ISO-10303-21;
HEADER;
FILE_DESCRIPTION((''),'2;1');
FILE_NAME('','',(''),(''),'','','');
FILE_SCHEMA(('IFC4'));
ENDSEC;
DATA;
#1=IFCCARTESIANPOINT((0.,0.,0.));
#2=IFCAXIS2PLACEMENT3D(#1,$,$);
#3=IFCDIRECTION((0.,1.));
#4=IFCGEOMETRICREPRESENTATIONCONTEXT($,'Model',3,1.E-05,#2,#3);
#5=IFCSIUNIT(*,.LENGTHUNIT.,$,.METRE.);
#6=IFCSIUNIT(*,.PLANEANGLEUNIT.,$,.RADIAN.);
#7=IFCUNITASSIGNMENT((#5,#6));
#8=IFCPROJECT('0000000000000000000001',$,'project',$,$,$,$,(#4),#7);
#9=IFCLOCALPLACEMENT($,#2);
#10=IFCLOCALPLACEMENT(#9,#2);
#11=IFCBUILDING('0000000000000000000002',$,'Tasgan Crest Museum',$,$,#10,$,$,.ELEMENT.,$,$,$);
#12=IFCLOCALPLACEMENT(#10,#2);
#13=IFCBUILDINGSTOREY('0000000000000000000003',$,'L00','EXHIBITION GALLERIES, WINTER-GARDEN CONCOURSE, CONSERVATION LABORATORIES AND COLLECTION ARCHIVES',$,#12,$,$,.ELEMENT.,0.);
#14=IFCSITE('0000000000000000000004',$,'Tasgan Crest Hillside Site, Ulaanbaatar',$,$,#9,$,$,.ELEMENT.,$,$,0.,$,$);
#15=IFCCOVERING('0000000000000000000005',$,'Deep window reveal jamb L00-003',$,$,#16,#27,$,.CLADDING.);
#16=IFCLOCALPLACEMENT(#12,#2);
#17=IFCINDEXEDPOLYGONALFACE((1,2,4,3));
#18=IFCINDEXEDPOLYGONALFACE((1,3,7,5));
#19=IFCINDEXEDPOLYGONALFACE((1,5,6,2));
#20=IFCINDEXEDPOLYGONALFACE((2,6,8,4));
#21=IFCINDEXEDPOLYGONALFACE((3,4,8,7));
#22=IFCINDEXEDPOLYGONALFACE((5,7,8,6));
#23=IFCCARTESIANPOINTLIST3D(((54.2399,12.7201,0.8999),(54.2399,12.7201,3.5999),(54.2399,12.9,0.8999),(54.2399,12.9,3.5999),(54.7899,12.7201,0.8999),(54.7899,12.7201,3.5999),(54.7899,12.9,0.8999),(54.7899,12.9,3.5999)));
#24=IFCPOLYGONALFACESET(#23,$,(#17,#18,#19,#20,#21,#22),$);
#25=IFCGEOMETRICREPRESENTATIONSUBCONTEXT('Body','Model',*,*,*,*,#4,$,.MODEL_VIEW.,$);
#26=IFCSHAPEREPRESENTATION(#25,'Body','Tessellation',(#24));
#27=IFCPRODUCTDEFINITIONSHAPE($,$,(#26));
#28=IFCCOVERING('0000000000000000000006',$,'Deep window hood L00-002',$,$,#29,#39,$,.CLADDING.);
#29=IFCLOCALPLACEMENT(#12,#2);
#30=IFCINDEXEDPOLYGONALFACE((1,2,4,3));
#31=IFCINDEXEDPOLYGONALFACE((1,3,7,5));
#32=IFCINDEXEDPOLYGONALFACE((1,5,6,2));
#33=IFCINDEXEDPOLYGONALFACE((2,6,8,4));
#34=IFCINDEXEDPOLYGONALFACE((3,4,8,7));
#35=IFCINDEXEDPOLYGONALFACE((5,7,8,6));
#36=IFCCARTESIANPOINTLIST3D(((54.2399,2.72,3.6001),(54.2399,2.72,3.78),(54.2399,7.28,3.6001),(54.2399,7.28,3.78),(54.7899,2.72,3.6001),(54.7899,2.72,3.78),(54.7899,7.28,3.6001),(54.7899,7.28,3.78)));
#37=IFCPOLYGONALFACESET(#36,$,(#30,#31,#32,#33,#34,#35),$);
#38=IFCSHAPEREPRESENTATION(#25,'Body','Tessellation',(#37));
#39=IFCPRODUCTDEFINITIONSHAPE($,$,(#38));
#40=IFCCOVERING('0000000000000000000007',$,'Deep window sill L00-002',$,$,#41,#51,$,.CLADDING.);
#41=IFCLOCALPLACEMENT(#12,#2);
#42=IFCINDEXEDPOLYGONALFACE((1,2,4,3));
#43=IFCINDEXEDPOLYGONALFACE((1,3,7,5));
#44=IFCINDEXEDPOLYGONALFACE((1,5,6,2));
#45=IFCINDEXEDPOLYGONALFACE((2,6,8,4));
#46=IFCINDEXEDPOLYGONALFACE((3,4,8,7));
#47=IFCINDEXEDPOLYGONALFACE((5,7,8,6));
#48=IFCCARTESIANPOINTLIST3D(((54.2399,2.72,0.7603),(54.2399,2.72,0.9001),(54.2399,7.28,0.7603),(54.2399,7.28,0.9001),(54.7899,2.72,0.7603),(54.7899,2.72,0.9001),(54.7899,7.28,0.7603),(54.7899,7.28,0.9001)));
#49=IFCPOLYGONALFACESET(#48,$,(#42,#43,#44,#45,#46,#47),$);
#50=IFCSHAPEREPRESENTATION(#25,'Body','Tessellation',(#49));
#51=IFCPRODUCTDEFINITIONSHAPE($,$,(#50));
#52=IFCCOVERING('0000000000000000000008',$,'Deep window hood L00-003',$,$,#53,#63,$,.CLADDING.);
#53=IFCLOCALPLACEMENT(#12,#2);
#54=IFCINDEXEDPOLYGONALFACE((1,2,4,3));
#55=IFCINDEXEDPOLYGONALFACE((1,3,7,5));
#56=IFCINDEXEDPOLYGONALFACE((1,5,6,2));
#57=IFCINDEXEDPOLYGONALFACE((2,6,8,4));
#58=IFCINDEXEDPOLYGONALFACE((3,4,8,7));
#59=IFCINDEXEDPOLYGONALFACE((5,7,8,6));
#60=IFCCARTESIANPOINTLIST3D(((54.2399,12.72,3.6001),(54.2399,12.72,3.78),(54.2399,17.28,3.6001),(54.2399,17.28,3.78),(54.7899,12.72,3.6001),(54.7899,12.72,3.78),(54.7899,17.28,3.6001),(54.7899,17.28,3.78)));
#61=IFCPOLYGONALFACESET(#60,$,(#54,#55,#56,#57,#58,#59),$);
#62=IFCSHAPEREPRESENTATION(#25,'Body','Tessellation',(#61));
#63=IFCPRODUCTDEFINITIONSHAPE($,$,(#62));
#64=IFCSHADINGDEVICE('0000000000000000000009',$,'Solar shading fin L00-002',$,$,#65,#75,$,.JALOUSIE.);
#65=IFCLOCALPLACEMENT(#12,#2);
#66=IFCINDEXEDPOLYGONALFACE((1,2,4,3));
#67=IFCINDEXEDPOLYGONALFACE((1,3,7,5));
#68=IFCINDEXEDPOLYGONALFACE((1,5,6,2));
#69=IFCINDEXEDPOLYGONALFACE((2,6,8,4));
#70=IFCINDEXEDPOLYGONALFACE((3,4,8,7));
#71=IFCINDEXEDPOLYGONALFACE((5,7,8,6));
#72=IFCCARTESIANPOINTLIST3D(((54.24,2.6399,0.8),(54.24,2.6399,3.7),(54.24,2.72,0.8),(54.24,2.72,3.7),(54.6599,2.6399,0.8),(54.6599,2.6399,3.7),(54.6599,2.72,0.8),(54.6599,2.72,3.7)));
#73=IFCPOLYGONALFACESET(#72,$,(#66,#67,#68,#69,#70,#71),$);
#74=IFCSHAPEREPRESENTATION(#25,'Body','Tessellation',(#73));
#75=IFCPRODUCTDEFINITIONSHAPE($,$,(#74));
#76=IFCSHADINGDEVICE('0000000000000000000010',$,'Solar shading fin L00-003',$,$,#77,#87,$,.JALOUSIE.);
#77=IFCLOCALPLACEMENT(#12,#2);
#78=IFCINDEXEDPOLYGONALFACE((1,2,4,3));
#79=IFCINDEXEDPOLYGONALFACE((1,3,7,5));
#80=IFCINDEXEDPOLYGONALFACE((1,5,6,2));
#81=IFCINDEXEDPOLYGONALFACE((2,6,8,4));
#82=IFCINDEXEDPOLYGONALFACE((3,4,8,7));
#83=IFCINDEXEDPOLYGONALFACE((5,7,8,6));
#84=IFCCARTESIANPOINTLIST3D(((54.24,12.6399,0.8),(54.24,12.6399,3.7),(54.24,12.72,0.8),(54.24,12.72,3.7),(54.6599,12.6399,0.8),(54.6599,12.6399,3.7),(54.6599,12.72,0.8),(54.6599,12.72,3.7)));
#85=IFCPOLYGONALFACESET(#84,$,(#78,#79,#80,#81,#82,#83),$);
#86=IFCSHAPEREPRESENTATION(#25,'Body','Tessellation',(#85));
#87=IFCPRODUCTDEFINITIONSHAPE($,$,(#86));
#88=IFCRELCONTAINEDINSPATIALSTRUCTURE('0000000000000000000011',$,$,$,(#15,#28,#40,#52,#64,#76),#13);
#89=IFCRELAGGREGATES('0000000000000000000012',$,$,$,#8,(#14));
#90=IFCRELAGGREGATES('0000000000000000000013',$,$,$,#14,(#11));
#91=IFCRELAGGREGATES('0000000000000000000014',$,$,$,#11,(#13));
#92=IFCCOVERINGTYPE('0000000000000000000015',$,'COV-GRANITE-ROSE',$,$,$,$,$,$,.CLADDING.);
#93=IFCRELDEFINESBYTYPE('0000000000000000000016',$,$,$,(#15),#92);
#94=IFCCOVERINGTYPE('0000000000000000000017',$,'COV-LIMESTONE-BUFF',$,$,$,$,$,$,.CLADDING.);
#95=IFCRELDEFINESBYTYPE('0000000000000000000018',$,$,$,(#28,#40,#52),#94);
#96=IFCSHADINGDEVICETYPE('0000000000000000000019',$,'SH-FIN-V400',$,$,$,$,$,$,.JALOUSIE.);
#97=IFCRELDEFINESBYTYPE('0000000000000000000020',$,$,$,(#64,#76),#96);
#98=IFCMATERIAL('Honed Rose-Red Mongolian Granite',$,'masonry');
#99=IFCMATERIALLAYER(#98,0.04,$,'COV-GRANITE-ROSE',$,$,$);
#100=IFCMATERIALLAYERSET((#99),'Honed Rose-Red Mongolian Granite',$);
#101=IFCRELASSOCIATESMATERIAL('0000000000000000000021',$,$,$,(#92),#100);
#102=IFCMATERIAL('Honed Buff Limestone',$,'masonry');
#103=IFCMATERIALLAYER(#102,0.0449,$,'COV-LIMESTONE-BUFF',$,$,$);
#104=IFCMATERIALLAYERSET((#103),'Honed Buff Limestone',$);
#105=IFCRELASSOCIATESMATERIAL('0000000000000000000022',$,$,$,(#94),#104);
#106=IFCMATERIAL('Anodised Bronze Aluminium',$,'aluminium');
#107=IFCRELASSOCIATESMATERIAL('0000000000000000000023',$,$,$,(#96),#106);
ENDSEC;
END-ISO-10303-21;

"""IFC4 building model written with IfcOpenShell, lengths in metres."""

from ifc_helpers import new_model, si_unit, direction, frame, origin, origin_2d, place, context, subcontext, project, spatial, rectangle, extrude, material, layer, layer_set, type_object, element, save


model = new_model("IFC4")

# Units and contexts
model_context = context("Model", 3, precision=1e-05, world=origin(), true_north=direction((0.0, 1.0)))
body_context = subcontext(model_context, "Body", "Model", "MODEL_VIEW")
ifc_project = project(units=[si_unit("LENGTHUNIT", "METRE"), si_unit("PLANEANGLEUNIT", "RADIAN")], contexts=[model_context])

# Site, building, storey
site_placement = place(None, origin())
site = spatial("IfcSite", under=ifc_project, at=site_placement, Name="Tasgan Crest Hillside Site, Ulaanbaatar", CompositionType="ELEMENT", RefElevation=0.0)
building_placement = place(site_placement, origin())
building = spatial("IfcBuilding", under=site, at=building_placement, Name="Tasgan Crest Museum", CompositionType="ELEMENT")
storey_placement = place(building_placement, origin())
storey = spatial("IfcBuildingStorey", under=building, at=storey_placement, Name="L00", Description="EXHIBITION GALLERIES, WINTER-GARDEN CONCOURSE, CONSERVATION LABORATORIES AND COLLECTION ARCHIVES", CompositionType="ELEMENT", Elevation=0.0)

# Coverings
ifc_material_1 = material(Name="Honed Rose-Red Mongolian Granite", Category="masonry")
ifc_layer_1 = layer(ifc_material_1, 0.04, Name="COV-GRANITE-ROSE")
ifc_layer_set_1 = layer_set([ifc_layer_1], Name="Honed Rose-Red Mongolian Granite")
covering_type_1 = type_object("IfcCoveringType", Name="COV-GRANITE-ROSE", PredefinedType="CLADDING", material=ifc_layer_set_1)
covering_1_placement = place(storey_placement, frame((54.5149, 12.8101, 0.8999), z_axis=(0.0, 0.0, 1.0), x_axis=(0.0, 1.0, 0.0)))
element("IfcCovering", 1, at=covering_1_placement, inside=storey, type_object=covering_type_1, Name="Deep window reveal jamb L00-003", PredefinedType="CLADDING", context=body_context, shape_type="SweptSolid", body=[
    extrude(rectangle(XDim=0.1799, YDim=0.55, at=origin_2d()), origin(), (0.0, 0.0, 1.0), 2.7),
])
ifc_material_2 = material(Name="Honed Buff Limestone", Category="masonry")
ifc_layer_2 = layer(ifc_material_2, 0.0449, Name="COV-LIMESTONE-BUFF")
ifc_layer_set_2 = layer_set([ifc_layer_2], Name="Honed Buff Limestone")
covering_type_2 = type_object("IfcCoveringType", Name="COV-LIMESTONE-BUFF", PredefinedType="CLADDING", material=ifc_layer_set_2)
covering_2_placement = place(storey_placement, frame((54.5149, 5.0, 3.6001), z_axis=(0.0, 0.0, 1.0), x_axis=(0.0, 1.0, 0.0)))
element("IfcCovering", 2, at=covering_2_placement, inside=storey, type_object=covering_type_2, Name="Deep window hood L00-002", PredefinedType="CLADDING", context=body_context, shape_type="SweptSolid", body=[
    extrude(rectangle(XDim=4.5601, YDim=0.55, at=origin_2d()), origin(), (0.0, 0.0, 1.0), 0.1799),
])
covering_3_placement = place(storey_placement, frame((54.5149, 5.0, 0.7603), z_axis=(0.0, 0.0, 1.0), x_axis=(0.0, 1.0, 0.0)))
element("IfcCovering", 3, at=covering_3_placement, inside=storey, type_object=covering_type_2, Name="Deep window sill L00-002", PredefinedType="CLADDING", context=body_context, shape_type="SweptSolid", body=[
    extrude(rectangle(XDim=4.5601, YDim=0.55, at=origin_2d()), origin(), (0.0, 0.0, 1.0), 0.1399),
])
covering_4_placement = place(storey_placement, frame((54.5149, 15.0, 3.6001), z_axis=(0.0, 0.0, 1.0), x_axis=(0.0, 1.0, 0.0)))
element("IfcCovering", 4, at=covering_4_placement, inside=storey, type_object=covering_type_2, Name="Deep window hood L00-003", PredefinedType="CLADDING", context=body_context, shape_type="SweptSolid", body=[
    extrude(rectangle(XDim=4.5601, YDim=0.55, at=origin_2d()), origin(), (0.0, 0.0, 1.0), 0.1799),
])

# Shading devices
ifc_material_3 = material(Name="Anodised Bronze Aluminium", Category="aluminium")
shading_device_type = type_object("IfcShadingDeviceType", Name="SH-FIN-V400", PredefinedType="JALOUSIE", material=ifc_material_3)
for number, where, z_axis, x_axis, name in (
    (5, (54.45, 2.6799, 0.8), (0.0, 0.0, 1.0), (0.0, 1.0, 0.0), "Solar shading fin L00-002"),
    (6, (54.45, 12.6799, 0.8), (0.0, 0.0, 1.0), (0.0, 1.0, 0.0), "Solar shading fin L00-003"),
):
    element("IfcShadingDevice", number, at=place(storey_placement, frame(where, z_axis=z_axis, x_axis=x_axis)), inside=storey, type_object=shading_device_type, Name=name, PredefinedType="JALOUSIE", context=body_context, shape_type="SweptSolid", body=[
        extrude(rectangle(XDim=0.0801, YDim=0.4199, at=origin_2d()), origin(), (0.0, 0.0, 1.0), 2.8999),
    ])

save(model, "model.ifc")
